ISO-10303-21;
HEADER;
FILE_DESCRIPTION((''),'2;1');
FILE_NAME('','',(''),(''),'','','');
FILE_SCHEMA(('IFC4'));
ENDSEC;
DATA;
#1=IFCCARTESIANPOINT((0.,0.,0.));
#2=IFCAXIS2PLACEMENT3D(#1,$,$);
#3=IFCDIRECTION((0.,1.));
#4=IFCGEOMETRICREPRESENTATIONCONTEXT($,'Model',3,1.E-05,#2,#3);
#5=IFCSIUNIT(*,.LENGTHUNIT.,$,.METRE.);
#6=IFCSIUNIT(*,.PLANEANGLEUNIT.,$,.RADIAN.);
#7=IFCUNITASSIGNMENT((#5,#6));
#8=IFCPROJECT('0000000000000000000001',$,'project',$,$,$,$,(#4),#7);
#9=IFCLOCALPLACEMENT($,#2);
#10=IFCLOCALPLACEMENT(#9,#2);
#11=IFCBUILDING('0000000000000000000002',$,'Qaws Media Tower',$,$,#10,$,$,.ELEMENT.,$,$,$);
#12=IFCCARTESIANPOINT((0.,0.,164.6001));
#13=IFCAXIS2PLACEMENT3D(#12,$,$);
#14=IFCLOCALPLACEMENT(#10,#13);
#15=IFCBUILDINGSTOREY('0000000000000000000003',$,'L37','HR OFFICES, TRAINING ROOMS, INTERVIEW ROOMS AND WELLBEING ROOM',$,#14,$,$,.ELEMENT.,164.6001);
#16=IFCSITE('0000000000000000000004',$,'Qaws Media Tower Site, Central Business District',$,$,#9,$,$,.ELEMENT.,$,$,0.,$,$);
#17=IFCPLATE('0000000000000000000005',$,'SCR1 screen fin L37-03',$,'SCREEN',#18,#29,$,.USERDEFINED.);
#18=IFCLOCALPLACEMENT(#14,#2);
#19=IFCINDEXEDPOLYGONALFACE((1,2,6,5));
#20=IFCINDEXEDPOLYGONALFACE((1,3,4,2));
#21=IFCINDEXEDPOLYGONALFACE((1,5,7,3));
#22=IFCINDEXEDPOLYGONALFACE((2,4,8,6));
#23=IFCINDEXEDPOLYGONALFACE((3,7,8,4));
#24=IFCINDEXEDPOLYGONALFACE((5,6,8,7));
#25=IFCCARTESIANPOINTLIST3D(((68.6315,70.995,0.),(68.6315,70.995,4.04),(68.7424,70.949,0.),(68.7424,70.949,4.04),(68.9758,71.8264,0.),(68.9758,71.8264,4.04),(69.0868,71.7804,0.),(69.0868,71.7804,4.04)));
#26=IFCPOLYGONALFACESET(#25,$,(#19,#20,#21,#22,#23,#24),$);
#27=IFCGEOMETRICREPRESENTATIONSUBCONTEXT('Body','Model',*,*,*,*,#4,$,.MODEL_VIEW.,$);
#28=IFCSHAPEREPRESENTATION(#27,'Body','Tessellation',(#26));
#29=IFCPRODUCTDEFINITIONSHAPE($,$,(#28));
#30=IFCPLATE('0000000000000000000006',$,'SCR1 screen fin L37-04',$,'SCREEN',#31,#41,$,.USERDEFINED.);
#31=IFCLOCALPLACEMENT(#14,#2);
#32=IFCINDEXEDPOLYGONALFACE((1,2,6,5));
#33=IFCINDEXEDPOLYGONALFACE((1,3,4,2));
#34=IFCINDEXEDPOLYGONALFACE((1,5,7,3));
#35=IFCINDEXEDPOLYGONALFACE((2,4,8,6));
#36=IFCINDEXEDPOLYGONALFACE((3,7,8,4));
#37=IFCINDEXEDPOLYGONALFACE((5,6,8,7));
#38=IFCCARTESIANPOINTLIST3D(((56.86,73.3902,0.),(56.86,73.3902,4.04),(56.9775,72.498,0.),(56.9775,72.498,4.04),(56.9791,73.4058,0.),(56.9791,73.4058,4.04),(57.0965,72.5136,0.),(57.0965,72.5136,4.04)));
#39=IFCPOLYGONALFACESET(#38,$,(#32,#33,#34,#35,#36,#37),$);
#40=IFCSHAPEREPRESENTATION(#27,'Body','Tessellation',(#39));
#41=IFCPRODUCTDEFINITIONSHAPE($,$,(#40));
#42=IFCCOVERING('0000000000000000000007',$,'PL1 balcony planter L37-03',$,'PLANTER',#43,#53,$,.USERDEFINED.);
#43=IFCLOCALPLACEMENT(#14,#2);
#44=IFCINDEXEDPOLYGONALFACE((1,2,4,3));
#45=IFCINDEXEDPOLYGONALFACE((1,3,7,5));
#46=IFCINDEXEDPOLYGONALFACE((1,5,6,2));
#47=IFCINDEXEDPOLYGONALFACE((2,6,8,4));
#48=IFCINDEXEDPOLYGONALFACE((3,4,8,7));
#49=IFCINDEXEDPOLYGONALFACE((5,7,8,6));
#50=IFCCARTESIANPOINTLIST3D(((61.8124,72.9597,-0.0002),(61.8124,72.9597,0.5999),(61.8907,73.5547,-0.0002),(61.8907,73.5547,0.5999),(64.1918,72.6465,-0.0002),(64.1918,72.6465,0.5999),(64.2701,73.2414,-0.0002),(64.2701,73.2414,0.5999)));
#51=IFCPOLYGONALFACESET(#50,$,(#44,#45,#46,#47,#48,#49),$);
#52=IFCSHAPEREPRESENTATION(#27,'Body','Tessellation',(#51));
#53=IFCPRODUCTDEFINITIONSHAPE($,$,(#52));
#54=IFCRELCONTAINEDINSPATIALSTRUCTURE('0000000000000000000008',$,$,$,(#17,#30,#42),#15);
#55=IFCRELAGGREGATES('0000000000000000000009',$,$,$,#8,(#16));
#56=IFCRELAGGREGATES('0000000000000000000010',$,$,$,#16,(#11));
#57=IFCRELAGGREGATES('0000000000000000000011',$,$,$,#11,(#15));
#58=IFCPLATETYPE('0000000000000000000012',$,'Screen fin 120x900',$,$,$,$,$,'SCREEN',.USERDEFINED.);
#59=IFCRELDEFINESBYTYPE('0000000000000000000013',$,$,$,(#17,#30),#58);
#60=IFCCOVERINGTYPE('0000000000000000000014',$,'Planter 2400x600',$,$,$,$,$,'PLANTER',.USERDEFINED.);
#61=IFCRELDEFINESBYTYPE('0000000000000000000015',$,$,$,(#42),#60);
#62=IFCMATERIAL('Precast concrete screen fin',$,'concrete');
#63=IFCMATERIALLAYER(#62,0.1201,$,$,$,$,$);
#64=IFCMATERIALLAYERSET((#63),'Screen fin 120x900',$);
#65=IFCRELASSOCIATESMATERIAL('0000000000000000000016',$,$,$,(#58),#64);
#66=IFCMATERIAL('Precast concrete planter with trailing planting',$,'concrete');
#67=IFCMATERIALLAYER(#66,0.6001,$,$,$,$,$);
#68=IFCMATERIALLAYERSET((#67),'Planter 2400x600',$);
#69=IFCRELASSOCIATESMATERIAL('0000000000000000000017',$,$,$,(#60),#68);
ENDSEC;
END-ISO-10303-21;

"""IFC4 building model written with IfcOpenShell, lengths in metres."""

from ifc_helpers import new_model, si_unit, direction, frame, origin, origin_2d, place, context, subcontext, project, spatial, rectangle, extrude, material, layer, layer_set, type_object, element, save


model = new_model("IFC4")

# Units and contexts
model_context = context("Model", 3, precision=1e-05, world=origin(), true_north=direction((0.0, 1.0)))
body_context = subcontext(model_context, "Body", "Model", "MODEL_VIEW")
ifc_project = project(units=[si_unit("LENGTHUNIT", "METRE"), si_unit("PLANEANGLEUNIT", "RADIAN")], contexts=[model_context])

# Site, building, storey
site_placement = place(None, origin())
site = spatial("IfcSite", under=ifc_project, at=site_placement, Name="Qaws Media Tower Site, Central Business District", CompositionType="ELEMENT", RefElevation=0.0)
building_placement = place(site_placement, origin())
building = spatial("IfcBuilding", under=site, at=building_placement, Name="Qaws Media Tower", CompositionType="ELEMENT")
storey_placement = place(building_placement, frame((0.0, 0.0, 164.6001)))
storey = spatial("IfcBuildingStorey", under=building, at=storey_placement, Name="L37", Description="HR OFFICES, TRAINING ROOMS, INTERVIEW ROOMS AND WELLBEING ROOM", CompositionType="ELEMENT", Elevation=164.6001)

# Plates
ifc_material_1 = material(Name="Precast concrete screen fin", Category="concrete")
ifc_layer_1 = layer(ifc_material_1, 0.1201)
ifc_layer_set_1 = layer_set([ifc_layer_1], Name="Screen fin 120x900")
plate_type_1 = type_object("IfcPlateType", Name="Screen fin 120x900", ElementType="SCREEN", PredefinedType="USERDEFINED", material=ifc_layer_set_1)
for number, where, z_axis, x_axis, name in (
    (1, (68.8591, 71.3877, 0.0), (0.0, 0.0, 1.0), (0.382683, 0.92388, 0.0), "SCR1 screen fin L37-03"),
    (2, (56.9783, 72.9519, 0.0), (0.0, 0.0, 1.0), (-0.130526, 0.991445, 0.0), "SCR1 screen fin L37-04"),
):
    element("IfcPlate", number, at=place(storey_placement, frame(where, z_axis=z_axis, x_axis=x_axis)), inside=storey, type_object=plate_type_1, Name=name, ObjectType="SCREEN", PredefinedType="USERDEFINED", context=body_context, shape_type="SweptSolid", body=[
        extrude(rectangle(XDim=0.8999, YDim=0.1201, at=origin_2d()), origin(), (0.0, 0.0, 1.0), 4.04),
    ])

# Covering
ifc_material_2 = material(Name="Precast concrete planter with trailing planting", Category="concrete")
ifc_layer_2 = layer(ifc_material_2, 0.6001)
ifc_layer_set_2 = layer_set([ifc_layer_2], Name="Planter 2400x600")
covering_type = type_object("IfcCoveringType", Name="Planter 2400x600", ElementType="PLANTER", PredefinedType="USERDEFINED", material=ifc_layer_set_2)
covering_placement = place(storey_placement, frame((63.0413, 73.1006, -0.0002), z_axis=(0.0, 0.0, 1.0), x_axis=(-0.991445, 0.130526, 0.0)))
element("IfcCovering", 3, at=covering_placement, inside=storey, type_object=covering_type, Name="PL1 balcony planter L37-03", ObjectType="PLANTER", PredefinedType="USERDEFINED", context=body_context, shape_type="SweptSolid", body=[
    extrude(rectangle(XDim=2.3999, YDim=0.6001, at=origin_2d()), origin(), (0.0, 0.0, 1.0), 0.6001),
])

save(model, "model.ifc")
